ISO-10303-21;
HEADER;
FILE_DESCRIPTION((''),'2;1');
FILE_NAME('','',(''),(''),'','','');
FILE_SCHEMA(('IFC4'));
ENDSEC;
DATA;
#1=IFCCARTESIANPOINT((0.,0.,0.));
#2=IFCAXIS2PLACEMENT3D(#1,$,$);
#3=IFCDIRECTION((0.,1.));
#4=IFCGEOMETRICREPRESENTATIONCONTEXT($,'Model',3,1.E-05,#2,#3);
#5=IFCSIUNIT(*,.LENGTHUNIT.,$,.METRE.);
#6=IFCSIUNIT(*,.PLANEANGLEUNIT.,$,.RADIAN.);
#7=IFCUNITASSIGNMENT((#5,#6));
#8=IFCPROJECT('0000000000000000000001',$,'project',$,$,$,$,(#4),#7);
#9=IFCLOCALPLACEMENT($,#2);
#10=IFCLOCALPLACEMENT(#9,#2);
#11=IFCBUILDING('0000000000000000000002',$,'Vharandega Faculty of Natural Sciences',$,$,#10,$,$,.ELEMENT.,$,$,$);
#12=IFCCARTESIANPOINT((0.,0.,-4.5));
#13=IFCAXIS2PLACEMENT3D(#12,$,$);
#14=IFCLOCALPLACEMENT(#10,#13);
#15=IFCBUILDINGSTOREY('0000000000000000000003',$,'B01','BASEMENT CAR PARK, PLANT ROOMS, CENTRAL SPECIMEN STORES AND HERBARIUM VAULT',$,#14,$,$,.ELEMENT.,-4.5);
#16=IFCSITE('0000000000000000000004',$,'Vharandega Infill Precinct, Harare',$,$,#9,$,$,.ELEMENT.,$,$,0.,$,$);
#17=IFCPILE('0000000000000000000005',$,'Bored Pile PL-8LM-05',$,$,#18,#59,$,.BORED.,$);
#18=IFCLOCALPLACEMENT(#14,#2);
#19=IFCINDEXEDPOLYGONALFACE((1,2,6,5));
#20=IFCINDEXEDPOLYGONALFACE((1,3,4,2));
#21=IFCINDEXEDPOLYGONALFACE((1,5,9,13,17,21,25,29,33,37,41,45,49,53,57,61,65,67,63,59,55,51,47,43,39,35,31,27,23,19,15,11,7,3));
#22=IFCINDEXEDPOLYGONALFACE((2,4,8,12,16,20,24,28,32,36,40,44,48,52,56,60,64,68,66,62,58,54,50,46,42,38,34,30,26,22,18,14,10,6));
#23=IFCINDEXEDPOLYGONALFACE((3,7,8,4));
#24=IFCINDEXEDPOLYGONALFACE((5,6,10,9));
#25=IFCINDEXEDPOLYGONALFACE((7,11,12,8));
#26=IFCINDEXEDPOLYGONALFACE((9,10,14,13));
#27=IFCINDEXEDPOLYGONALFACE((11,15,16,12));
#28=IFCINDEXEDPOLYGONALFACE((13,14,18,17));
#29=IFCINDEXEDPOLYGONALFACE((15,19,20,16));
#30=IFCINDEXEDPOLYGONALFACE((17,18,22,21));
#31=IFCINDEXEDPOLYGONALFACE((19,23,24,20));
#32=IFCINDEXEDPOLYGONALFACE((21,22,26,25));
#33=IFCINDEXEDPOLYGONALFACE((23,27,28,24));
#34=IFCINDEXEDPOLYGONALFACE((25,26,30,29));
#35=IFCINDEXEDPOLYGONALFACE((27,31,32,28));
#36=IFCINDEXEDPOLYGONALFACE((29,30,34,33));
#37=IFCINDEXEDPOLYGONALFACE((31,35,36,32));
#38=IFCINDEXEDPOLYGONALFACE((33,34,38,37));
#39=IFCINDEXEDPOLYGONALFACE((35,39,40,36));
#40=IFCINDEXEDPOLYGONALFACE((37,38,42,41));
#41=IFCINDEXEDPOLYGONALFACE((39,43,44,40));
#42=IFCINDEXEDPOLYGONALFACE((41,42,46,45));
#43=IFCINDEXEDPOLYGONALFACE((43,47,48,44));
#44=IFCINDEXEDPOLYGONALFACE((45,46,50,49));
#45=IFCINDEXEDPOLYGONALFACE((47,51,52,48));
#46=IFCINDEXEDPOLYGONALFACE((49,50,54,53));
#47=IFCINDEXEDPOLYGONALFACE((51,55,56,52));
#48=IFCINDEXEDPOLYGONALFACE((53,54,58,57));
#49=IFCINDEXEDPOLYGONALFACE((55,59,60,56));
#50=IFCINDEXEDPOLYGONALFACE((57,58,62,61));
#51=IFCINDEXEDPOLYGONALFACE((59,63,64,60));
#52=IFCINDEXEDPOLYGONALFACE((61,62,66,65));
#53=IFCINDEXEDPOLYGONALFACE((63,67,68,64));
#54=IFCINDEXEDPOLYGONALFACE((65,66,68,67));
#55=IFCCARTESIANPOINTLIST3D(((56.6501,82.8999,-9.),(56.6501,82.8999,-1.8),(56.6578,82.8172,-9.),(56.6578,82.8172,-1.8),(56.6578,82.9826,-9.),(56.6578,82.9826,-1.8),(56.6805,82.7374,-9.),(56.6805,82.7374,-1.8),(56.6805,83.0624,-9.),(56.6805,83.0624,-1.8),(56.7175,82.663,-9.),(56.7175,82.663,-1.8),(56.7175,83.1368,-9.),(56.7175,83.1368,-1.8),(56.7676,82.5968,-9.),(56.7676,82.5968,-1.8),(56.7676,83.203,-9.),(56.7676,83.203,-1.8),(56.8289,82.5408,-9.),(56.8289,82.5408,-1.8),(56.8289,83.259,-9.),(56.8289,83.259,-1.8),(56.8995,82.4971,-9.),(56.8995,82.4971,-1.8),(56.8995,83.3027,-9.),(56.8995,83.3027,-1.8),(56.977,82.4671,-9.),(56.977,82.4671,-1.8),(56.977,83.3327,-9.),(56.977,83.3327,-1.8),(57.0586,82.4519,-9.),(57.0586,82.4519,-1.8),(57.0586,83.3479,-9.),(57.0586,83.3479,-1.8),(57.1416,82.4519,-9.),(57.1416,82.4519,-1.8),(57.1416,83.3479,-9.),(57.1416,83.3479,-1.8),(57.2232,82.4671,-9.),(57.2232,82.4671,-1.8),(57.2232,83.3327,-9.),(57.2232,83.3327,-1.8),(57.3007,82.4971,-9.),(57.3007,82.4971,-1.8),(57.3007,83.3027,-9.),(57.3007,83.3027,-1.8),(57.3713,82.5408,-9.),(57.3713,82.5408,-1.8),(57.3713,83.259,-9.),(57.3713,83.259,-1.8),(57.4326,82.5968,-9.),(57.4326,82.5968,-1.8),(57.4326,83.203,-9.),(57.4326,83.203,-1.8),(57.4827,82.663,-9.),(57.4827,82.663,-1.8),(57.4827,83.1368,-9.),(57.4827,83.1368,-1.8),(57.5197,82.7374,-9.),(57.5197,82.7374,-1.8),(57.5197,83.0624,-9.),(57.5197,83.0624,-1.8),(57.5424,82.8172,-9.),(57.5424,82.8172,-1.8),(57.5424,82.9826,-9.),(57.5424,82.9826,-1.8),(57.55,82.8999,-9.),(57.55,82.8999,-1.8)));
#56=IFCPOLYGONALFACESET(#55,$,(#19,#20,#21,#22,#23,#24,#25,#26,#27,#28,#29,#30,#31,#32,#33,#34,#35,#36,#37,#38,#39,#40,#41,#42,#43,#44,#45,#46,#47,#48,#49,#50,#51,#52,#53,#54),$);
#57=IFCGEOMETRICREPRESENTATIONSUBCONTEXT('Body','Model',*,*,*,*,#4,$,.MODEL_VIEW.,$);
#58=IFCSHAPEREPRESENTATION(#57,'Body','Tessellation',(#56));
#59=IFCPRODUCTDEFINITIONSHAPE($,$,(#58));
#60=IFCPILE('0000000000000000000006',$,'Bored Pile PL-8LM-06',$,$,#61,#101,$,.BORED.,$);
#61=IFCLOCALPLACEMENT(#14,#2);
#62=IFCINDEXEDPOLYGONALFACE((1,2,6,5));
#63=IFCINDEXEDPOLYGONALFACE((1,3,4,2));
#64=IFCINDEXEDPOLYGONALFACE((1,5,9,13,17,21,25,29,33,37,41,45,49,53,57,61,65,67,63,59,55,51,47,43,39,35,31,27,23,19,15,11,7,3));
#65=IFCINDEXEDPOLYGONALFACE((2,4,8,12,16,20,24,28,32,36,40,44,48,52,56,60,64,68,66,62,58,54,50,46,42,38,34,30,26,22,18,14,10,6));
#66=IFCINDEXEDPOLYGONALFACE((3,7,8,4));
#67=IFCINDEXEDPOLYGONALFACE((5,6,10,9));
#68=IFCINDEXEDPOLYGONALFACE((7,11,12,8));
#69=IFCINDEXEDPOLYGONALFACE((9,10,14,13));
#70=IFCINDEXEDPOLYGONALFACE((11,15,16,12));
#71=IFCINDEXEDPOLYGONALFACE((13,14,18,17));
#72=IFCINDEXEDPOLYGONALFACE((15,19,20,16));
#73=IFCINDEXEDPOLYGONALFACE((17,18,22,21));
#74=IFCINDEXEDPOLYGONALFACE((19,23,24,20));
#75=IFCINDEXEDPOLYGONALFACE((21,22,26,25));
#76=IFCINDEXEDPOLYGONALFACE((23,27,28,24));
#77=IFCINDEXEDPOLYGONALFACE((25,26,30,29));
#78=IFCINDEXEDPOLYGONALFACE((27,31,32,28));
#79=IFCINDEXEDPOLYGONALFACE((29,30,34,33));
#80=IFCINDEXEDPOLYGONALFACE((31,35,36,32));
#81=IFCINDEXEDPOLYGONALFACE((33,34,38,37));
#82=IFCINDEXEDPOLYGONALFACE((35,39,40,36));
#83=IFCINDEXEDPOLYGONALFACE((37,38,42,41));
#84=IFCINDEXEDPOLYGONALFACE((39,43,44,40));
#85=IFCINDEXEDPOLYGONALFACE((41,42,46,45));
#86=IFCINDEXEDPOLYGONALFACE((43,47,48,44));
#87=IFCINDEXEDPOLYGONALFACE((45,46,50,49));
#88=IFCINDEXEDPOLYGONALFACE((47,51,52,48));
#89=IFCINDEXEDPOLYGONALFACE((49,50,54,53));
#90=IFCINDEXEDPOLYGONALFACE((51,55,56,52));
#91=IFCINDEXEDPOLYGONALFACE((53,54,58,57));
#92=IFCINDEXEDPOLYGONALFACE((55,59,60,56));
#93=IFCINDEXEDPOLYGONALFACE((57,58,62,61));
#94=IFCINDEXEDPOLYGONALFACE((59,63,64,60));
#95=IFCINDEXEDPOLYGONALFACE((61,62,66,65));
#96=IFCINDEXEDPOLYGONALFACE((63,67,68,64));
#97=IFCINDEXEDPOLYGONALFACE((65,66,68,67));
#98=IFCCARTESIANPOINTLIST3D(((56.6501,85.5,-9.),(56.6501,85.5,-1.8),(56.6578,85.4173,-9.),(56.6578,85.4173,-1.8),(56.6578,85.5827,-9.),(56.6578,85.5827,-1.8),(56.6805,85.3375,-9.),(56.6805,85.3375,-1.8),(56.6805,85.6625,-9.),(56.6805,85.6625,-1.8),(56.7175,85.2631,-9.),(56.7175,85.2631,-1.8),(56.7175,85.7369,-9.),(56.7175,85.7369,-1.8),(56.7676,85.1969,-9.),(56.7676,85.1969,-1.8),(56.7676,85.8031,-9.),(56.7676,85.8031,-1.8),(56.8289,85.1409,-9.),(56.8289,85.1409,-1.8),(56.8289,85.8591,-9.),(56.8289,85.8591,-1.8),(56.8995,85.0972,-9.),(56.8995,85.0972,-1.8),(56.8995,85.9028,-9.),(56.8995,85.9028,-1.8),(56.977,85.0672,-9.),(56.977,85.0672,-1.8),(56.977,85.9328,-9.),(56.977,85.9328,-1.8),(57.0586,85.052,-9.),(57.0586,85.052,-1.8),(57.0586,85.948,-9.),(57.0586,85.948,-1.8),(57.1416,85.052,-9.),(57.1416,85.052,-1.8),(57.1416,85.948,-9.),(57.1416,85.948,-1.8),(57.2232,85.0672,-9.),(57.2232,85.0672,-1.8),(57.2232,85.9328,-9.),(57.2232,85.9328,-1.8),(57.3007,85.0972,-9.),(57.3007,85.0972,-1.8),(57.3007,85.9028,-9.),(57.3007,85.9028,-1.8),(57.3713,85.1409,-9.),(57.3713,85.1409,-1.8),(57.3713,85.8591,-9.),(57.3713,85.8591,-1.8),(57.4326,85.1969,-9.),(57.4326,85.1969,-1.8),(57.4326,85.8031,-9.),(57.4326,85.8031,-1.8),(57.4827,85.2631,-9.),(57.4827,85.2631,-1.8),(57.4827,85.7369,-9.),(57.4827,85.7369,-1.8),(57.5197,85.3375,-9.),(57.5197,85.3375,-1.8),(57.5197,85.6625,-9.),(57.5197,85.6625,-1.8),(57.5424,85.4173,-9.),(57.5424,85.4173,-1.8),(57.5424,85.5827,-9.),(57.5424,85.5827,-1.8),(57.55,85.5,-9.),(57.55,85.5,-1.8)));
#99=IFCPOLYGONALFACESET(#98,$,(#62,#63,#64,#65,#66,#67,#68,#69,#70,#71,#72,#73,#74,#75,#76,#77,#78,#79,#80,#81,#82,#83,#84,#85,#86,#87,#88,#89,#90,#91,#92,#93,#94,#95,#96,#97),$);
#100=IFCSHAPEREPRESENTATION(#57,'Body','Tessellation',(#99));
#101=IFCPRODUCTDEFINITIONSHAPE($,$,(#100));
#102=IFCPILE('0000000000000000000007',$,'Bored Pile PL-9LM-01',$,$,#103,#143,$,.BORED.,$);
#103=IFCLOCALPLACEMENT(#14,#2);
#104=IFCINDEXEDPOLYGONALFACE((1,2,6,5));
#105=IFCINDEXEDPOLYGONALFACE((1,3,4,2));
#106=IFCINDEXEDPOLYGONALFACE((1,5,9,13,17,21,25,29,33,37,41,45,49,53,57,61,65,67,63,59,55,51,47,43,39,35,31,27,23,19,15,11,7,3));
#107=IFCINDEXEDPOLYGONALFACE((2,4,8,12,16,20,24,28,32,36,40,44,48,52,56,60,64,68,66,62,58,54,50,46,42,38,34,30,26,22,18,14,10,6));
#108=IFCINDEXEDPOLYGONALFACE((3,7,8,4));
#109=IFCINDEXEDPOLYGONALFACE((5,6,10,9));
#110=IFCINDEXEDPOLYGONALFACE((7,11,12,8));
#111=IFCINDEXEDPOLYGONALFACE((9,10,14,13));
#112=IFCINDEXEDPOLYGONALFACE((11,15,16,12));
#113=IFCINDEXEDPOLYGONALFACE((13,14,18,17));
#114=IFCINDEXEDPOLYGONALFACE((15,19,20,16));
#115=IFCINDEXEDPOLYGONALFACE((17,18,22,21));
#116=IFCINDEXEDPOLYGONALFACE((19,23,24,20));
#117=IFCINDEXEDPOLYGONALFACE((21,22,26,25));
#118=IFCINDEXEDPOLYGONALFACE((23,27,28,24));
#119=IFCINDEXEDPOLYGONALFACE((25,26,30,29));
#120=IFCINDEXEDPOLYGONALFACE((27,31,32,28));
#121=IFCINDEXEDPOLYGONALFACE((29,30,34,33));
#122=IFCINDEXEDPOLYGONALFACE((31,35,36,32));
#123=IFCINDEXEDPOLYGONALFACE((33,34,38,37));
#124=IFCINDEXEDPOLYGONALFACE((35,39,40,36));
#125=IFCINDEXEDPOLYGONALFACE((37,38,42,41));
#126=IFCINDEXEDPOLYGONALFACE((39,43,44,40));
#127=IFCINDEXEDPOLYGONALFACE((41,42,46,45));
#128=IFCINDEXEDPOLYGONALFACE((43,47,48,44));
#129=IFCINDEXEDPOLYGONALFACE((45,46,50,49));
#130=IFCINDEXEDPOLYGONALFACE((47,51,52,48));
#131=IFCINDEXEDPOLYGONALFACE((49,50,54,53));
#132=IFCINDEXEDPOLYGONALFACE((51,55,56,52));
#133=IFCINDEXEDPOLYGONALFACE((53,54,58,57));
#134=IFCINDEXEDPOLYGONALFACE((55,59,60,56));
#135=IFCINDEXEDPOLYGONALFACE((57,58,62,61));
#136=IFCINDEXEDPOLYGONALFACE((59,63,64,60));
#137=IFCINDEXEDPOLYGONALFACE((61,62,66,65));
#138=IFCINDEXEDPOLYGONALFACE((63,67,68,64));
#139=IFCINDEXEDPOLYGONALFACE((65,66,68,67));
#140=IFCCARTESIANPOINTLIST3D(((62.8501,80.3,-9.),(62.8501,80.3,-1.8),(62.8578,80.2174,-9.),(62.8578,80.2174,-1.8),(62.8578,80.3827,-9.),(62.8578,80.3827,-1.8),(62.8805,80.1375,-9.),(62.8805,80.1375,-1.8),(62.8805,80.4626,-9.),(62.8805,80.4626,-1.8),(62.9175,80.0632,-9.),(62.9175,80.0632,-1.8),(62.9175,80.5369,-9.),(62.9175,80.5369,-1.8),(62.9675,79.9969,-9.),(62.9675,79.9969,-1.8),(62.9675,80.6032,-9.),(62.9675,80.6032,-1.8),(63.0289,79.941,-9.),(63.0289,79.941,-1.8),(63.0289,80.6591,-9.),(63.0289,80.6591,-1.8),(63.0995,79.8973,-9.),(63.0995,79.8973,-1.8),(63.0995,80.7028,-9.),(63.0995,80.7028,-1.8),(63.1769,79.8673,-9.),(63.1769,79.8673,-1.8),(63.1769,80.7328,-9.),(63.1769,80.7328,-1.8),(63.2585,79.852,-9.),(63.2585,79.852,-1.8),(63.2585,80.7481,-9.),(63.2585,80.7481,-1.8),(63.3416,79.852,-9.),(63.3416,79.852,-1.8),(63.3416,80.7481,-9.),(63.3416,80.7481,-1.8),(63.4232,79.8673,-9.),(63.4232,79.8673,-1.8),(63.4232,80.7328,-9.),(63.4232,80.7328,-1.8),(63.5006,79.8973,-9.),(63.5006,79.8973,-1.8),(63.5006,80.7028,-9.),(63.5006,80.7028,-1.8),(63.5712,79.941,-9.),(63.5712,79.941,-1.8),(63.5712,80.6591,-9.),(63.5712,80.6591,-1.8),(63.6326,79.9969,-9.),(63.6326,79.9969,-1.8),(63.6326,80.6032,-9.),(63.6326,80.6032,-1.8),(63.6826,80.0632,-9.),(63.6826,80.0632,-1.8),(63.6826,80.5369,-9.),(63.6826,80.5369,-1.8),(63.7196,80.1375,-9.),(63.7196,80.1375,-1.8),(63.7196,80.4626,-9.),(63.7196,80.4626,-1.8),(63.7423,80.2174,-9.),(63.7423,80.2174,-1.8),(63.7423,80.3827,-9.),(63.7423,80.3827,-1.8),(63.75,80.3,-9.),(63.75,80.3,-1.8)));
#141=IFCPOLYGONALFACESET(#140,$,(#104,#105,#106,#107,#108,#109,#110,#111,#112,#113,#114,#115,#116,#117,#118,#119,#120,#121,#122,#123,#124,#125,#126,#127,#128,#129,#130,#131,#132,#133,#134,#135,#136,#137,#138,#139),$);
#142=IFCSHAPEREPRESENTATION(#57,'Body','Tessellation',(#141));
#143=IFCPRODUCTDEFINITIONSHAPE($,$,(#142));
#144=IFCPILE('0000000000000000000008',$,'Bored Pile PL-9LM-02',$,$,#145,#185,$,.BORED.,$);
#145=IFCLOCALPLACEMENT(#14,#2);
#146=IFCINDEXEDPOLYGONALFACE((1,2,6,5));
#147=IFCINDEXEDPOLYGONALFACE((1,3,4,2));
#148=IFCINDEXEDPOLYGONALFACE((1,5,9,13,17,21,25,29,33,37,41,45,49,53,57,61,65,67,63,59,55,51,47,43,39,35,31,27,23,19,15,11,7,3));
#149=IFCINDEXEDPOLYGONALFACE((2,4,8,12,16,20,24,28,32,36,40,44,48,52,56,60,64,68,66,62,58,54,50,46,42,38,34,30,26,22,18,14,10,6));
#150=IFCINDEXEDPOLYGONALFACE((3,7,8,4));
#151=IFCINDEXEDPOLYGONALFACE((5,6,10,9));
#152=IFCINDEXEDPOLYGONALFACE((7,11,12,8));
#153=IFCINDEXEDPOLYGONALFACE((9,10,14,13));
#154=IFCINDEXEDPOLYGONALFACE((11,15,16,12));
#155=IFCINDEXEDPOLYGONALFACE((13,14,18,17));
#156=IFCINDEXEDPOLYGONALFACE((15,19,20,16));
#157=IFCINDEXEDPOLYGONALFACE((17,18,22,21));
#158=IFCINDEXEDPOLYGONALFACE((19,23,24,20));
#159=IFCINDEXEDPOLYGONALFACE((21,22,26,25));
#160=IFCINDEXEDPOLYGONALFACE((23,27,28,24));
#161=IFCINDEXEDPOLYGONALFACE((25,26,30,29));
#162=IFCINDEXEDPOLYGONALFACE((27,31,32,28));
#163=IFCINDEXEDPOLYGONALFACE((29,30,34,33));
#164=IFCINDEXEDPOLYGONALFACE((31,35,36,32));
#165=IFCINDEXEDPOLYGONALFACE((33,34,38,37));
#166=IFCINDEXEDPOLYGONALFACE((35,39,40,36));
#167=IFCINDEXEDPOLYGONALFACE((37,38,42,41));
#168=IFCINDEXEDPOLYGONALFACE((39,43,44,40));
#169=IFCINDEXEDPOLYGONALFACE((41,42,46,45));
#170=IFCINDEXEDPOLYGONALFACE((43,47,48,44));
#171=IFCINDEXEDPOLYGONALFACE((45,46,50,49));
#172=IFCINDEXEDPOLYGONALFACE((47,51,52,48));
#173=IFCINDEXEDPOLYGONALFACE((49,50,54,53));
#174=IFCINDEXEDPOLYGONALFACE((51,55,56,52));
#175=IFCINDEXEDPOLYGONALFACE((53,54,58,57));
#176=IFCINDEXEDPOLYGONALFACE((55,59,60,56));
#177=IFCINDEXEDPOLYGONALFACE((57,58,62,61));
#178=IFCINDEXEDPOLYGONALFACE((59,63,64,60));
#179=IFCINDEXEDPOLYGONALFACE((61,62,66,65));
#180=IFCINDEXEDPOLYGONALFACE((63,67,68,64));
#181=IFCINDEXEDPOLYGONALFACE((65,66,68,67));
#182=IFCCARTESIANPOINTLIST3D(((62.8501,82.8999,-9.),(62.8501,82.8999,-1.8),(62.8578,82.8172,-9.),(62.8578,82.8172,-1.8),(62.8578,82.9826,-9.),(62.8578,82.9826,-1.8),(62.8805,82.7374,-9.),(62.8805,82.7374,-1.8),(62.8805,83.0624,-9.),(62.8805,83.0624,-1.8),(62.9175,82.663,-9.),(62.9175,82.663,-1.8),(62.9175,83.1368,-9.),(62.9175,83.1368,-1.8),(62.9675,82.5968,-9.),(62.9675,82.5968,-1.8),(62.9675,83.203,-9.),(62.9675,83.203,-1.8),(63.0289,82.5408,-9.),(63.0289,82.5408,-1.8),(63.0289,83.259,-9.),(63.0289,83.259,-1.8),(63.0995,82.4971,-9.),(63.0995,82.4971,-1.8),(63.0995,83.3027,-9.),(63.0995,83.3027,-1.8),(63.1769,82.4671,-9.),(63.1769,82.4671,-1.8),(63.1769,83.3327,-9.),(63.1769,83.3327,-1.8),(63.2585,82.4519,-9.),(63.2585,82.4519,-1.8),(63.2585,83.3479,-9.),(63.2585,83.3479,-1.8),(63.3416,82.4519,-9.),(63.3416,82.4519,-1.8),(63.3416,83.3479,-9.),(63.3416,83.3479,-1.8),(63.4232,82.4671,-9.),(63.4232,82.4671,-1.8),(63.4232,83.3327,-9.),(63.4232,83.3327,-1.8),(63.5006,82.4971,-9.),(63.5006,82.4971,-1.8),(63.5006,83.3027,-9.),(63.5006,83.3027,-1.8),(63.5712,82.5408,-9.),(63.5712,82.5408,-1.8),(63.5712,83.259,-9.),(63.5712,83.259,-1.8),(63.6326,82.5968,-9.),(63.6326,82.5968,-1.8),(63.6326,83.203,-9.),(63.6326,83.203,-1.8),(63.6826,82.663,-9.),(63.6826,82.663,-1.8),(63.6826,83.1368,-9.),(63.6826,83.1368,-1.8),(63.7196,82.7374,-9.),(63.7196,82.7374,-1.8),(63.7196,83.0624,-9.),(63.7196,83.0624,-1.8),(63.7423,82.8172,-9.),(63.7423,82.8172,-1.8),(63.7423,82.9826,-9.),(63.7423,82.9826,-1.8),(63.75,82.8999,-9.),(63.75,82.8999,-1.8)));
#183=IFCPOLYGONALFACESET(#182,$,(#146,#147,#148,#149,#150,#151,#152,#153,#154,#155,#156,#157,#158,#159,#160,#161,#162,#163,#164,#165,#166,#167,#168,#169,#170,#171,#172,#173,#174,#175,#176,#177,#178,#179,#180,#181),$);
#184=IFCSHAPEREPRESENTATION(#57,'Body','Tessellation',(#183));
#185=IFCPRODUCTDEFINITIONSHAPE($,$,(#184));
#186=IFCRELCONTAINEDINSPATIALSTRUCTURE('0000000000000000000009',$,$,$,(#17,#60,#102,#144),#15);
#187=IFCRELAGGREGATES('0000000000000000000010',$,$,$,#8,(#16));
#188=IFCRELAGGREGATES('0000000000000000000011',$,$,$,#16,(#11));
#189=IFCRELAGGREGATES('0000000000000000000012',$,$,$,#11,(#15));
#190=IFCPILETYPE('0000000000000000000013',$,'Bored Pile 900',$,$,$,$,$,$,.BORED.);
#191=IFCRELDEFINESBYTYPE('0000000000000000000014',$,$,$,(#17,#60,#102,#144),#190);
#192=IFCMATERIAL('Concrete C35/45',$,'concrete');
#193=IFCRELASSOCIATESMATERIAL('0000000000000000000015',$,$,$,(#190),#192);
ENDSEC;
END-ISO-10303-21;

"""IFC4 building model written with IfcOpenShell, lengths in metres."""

from ifc_helpers import new_model, si_unit, direction, frame, origin, origin_2d, place, context, subcontext, project, spatial, circle, extrude, material, material_profile, profile_set, type_object, element, save


model = new_model("IFC4")

# Units and contexts
model_context = context("Model", 3, precision=1e-05, world=origin(), true_north=direction((0.0, 1.0)))
body_context = subcontext(model_context, "Body", "Model", "MODEL_VIEW")
ifc_project = project(units=[si_unit("LENGTHUNIT", "METRE"), si_unit("PLANEANGLEUNIT", "RADIAN")], contexts=[model_context])

# Site, building, storey
site_placement = place(None, origin())
site = spatial("IfcSite", under=ifc_project, at=site_placement, Name="Vharandega Infill Precinct, Harare", CompositionType="ELEMENT", RefElevation=0.0)
building_placement = place(site_placement, origin())
building = spatial("IfcBuilding", under=site, at=building_placement, Name="Vharandega Faculty of Natural Sciences", CompositionType="ELEMENT")
storey_placement = place(building_placement, frame((0.0, 0.0, -4.5)))
storey = spatial("IfcBuildingStorey", under=building, at=storey_placement, Name="B01", Description="BASEMENT CAR PARK, PLANT ROOMS, CENTRAL SPECIMEN STORES AND HERBARIUM VAULT", CompositionType="ELEMENT", Elevation=-4.5)

# Piles
ifc_material_1 = material(Name="Concrete C35/45", Category="concrete")
ifc_material_profile_1 = material_profile(ifc_material_1, circle(Radius=0.45, at=origin_2d()), Name="PILE 900")
ifc_profile_set_1 = profile_set([ifc_material_profile_1], Name="Concrete C35/45")
pile_type_1 = type_object("IfcPileType", Name="Bored Pile 900", PredefinedType="BORED", material=ifc_profile_set_1)
for number, where, z_axis, x_axis, name in (
    (1, (57.1001, 82.8999, -1.8), (0.0, 0.0, -1.0), (1.0, 0.0, 0.0), "Bored Pile PL-8LM-05"),
    (2, (57.1001, 85.5, -1.8), (0.0, 0.0, -1.0), (1.0, 0.0, 0.0), "Bored Pile PL-8LM-06"),
    (3, (63.3, 80.3, -1.8), (0.0, 0.0, -1.0), (1.0, 0.0, 0.0), "Bored Pile PL-9LM-01"),
    (4, (63.3, 82.8999, -1.8), (0.0, 0.0, -1.0), (1.0, 0.0, 0.0), "Bored Pile PL-9LM-02"),
):
    element("IfcPile", number, at=place(storey_placement, frame(where, z_axis=z_axis, x_axis=x_axis)), inside=storey, type_object=pile_type_1, Name=name, PredefinedType="BORED", context=body_context, shape_type="SweptSolid", body=[
        extrude(circle(Radius=0.45, at=origin_2d()), origin(), (0.0, 0.0, 1.0), 7.2),
    ])

save(model, "model.ifc")
